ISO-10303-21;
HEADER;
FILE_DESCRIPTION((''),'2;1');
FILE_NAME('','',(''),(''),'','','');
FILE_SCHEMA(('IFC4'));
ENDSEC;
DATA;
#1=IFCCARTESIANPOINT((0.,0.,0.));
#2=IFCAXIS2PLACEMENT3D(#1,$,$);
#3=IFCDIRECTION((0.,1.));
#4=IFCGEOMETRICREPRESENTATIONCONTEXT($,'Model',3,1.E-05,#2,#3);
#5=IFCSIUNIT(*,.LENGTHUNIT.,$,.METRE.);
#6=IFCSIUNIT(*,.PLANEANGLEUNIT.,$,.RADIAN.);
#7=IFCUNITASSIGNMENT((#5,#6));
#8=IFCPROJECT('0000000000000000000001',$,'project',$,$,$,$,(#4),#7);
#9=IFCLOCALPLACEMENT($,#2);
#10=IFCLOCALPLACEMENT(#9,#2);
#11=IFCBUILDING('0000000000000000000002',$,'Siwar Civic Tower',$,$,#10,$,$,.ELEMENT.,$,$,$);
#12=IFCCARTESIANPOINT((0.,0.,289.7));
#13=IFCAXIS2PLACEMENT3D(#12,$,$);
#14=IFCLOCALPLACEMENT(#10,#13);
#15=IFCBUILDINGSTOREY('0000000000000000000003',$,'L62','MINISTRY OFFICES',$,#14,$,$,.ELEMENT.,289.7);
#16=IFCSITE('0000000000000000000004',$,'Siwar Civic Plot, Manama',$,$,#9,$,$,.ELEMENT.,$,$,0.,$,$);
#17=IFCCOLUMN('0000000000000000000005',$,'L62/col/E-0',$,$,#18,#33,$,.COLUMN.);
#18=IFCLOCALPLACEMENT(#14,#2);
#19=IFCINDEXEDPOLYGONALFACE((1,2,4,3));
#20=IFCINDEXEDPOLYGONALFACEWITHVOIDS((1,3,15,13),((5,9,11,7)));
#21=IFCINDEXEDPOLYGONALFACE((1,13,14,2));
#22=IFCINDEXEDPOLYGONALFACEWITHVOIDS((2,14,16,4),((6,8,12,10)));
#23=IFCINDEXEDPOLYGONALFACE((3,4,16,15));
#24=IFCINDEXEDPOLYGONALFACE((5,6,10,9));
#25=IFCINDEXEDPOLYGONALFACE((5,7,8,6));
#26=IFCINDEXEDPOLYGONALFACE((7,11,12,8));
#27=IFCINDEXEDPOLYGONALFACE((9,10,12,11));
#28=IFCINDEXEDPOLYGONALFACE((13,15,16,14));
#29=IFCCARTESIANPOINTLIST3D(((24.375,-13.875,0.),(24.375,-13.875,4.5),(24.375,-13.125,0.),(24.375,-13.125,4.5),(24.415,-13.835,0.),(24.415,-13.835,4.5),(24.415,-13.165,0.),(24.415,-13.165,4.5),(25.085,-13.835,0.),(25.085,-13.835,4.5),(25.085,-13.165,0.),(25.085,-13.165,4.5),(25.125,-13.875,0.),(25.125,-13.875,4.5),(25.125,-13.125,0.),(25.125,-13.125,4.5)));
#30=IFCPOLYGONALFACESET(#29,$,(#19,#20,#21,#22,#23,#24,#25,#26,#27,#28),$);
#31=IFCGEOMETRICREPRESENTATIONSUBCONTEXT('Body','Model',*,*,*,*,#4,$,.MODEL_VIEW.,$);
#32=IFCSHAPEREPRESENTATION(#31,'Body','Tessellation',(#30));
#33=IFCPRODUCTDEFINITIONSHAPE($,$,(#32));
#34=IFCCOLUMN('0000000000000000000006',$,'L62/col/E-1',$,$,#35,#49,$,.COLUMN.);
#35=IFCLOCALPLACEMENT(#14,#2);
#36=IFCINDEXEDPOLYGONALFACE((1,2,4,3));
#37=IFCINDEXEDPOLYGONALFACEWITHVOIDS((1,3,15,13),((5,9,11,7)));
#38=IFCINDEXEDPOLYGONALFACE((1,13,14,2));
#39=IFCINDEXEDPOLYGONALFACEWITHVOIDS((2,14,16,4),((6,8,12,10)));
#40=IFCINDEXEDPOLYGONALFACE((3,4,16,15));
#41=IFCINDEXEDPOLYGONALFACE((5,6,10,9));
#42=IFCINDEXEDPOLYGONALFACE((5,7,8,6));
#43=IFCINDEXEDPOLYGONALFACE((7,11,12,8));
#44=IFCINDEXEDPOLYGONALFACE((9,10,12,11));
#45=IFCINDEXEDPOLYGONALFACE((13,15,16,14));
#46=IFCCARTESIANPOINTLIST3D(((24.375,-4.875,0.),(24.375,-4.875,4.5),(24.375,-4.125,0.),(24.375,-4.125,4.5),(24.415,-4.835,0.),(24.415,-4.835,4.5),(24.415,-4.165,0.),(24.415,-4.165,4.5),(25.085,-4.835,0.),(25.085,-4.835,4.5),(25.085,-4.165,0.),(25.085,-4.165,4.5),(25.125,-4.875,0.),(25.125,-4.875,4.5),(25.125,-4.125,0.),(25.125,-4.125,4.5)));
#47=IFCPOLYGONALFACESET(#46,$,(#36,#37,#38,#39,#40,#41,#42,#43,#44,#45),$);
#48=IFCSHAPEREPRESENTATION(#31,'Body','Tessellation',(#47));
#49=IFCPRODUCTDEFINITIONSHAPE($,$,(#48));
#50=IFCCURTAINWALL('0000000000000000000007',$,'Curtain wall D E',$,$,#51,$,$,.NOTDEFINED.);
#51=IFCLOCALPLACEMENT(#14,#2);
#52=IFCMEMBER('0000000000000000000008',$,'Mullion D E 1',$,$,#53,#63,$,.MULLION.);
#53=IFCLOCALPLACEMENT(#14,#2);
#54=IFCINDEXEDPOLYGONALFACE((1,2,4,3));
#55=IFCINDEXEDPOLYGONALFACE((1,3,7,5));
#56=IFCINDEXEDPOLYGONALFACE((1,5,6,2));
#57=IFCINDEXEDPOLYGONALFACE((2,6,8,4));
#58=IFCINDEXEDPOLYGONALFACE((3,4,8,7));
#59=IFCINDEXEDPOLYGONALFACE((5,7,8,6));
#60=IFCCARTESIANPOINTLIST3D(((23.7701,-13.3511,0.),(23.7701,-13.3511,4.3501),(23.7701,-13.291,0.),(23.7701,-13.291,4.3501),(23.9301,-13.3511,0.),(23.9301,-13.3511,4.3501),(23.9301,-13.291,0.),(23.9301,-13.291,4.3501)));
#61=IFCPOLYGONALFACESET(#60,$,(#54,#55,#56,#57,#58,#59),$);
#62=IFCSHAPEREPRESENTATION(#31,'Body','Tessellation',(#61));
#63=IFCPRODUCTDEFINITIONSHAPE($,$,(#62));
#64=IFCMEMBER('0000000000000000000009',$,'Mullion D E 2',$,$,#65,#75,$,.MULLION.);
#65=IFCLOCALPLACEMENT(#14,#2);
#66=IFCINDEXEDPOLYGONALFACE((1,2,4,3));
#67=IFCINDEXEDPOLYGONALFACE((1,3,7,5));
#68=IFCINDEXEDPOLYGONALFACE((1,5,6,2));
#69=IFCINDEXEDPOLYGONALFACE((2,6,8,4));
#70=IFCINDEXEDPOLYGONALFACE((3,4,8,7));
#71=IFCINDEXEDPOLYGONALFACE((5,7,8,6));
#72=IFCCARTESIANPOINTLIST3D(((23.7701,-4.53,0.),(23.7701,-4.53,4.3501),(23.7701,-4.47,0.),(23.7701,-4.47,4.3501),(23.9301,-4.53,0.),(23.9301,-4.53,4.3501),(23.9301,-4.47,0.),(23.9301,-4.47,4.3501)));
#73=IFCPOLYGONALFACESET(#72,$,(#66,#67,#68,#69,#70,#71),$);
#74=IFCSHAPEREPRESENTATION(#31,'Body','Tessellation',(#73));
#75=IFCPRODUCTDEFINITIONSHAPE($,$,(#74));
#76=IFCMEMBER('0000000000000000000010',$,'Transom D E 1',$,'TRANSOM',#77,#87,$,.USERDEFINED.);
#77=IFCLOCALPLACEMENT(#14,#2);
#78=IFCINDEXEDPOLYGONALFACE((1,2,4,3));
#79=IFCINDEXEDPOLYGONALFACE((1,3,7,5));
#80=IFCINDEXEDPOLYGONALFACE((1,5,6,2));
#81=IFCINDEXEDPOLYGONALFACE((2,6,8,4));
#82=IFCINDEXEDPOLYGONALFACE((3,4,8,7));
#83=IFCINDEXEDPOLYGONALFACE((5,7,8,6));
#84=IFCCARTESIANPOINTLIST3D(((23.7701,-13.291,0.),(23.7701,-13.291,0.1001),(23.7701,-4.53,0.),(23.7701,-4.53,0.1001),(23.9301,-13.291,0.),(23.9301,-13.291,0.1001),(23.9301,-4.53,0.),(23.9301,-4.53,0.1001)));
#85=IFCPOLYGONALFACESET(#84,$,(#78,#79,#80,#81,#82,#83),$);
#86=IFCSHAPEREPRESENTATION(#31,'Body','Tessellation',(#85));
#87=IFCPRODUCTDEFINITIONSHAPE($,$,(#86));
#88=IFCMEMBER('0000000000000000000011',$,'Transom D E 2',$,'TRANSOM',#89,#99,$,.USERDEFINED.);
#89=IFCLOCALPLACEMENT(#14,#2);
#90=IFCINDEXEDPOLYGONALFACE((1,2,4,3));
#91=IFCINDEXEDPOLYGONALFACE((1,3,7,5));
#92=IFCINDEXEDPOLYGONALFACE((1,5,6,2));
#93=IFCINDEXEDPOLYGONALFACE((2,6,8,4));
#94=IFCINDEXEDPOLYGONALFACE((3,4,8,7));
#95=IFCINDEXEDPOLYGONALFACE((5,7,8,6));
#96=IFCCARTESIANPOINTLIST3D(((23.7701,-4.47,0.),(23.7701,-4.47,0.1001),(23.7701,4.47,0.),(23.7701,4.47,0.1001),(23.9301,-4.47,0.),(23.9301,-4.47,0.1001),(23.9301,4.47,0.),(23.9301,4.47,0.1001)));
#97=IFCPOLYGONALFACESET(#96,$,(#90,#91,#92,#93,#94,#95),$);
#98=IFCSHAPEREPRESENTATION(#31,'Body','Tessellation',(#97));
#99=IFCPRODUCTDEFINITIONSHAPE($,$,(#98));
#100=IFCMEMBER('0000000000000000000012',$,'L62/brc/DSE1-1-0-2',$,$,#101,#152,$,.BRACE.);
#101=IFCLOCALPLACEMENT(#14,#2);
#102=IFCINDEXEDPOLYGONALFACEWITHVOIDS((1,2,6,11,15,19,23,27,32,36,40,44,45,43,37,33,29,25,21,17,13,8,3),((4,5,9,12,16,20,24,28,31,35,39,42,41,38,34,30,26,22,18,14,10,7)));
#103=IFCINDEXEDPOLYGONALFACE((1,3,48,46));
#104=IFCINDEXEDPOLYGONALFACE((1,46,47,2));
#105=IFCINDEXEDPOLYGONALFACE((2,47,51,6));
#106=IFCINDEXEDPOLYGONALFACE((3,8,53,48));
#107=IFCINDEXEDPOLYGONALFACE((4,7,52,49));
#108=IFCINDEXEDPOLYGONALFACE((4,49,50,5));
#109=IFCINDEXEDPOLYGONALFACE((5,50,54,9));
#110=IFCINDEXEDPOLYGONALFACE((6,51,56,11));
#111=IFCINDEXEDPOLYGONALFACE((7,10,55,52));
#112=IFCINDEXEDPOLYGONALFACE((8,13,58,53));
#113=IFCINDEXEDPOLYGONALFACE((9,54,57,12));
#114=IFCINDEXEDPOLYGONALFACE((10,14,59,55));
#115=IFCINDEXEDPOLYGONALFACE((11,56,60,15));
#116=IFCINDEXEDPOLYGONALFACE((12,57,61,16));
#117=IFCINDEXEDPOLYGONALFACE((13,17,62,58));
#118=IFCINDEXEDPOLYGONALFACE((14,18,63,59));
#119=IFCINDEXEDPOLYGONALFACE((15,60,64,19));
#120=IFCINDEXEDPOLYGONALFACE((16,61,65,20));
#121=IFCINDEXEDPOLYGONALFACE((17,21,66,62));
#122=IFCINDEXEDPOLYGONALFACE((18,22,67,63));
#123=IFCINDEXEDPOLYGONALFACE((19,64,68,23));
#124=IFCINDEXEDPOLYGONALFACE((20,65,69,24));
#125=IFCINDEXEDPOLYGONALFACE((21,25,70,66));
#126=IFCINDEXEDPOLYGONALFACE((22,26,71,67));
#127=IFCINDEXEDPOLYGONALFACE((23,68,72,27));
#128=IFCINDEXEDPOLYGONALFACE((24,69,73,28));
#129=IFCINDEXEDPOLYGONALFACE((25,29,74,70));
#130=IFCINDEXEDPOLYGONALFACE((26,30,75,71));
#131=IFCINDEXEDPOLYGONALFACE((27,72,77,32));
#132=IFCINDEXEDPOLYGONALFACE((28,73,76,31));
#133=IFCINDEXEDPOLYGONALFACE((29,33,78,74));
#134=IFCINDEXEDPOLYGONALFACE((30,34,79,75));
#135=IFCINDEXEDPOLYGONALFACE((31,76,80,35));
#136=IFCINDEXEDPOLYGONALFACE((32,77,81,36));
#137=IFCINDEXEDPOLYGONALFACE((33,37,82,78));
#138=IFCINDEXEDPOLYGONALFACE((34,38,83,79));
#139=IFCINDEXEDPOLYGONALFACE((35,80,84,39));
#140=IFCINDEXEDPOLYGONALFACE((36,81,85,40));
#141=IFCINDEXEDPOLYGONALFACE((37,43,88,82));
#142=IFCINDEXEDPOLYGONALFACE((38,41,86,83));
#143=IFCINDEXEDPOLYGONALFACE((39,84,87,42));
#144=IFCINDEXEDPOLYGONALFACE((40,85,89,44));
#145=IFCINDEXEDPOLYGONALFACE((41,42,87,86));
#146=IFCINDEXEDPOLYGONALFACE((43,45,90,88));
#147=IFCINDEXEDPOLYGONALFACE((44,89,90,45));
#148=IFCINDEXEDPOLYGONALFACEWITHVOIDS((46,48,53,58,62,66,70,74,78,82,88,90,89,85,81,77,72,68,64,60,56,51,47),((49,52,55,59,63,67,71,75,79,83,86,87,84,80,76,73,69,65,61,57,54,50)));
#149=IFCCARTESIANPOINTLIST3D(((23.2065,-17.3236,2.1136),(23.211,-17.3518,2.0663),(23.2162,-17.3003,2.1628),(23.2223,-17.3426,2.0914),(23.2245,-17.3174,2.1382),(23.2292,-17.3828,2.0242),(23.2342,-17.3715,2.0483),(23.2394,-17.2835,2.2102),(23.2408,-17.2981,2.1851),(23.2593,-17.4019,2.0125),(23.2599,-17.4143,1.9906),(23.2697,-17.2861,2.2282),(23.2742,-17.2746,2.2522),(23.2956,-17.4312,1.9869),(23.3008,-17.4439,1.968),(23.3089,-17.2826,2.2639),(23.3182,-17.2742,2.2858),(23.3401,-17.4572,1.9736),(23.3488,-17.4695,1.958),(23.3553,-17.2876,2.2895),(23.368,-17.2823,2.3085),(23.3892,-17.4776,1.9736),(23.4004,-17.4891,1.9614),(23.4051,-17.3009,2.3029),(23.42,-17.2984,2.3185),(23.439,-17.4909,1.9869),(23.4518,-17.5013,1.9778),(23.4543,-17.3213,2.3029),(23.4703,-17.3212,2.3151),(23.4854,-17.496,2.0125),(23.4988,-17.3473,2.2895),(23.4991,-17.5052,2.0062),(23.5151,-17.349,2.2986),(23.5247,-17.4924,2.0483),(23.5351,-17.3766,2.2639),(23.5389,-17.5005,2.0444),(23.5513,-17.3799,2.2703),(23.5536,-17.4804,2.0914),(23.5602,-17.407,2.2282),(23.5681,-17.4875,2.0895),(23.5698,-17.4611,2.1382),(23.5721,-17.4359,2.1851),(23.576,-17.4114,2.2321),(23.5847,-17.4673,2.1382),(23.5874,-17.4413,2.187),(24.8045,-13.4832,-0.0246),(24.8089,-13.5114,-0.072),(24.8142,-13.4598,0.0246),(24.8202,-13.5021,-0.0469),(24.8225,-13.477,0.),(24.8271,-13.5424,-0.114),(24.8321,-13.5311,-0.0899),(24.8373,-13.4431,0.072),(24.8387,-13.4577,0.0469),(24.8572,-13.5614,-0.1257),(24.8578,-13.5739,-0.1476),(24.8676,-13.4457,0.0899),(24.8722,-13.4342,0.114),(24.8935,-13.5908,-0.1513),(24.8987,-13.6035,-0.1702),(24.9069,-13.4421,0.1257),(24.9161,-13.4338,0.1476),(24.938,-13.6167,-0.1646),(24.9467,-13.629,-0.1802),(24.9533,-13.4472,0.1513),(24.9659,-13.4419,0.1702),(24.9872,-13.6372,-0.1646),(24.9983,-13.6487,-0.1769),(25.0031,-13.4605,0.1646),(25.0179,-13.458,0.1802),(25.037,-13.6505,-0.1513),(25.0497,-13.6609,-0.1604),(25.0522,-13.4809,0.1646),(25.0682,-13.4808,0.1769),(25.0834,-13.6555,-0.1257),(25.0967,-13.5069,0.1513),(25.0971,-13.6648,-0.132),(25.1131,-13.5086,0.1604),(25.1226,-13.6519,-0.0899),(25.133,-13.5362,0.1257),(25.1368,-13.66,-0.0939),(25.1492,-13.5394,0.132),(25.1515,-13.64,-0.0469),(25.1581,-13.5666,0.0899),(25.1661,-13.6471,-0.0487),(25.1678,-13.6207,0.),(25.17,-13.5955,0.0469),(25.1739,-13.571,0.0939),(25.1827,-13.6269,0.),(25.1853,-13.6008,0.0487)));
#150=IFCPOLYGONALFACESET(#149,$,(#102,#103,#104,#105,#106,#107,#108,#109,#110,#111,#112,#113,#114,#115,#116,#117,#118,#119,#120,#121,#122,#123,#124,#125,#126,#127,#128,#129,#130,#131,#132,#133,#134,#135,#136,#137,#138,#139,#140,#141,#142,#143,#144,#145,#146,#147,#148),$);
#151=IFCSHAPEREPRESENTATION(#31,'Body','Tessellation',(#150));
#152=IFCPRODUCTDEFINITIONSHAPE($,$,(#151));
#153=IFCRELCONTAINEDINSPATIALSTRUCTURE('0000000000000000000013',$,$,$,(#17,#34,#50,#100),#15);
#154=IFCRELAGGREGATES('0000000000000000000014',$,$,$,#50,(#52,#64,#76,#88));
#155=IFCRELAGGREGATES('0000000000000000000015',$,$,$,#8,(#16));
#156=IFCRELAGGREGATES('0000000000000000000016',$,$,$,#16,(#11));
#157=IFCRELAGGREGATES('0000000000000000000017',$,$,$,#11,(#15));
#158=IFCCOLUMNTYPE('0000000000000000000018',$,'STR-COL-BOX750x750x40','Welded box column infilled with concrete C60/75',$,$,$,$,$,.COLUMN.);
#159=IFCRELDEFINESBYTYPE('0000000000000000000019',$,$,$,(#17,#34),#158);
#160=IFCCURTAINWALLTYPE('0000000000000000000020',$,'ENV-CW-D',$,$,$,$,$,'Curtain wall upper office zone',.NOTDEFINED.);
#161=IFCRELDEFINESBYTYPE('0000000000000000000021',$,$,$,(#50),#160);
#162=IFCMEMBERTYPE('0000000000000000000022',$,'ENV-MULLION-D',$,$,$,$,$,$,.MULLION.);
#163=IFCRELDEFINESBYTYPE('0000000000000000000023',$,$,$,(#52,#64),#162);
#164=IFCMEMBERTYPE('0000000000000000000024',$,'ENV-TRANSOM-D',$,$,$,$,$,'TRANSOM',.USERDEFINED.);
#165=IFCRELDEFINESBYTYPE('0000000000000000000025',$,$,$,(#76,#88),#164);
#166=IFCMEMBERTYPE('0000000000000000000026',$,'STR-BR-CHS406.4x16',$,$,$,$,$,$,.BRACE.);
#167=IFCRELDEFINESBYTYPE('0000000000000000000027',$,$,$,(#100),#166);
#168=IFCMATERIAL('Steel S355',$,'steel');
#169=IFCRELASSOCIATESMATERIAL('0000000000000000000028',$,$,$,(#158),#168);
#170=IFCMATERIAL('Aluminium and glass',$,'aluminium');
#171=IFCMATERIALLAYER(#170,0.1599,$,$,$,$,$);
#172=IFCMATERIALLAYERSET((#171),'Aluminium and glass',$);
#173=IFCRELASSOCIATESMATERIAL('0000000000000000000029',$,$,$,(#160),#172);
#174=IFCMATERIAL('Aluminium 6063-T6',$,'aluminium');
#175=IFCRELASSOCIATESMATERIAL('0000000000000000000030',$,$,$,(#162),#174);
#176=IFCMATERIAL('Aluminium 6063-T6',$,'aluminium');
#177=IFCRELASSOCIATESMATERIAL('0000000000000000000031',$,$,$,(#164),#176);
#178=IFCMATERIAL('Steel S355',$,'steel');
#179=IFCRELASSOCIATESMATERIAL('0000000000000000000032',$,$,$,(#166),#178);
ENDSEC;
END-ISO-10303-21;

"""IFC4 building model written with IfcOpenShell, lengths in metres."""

from ifc_helpers import new_model, si_unit, direction, frame, origin, origin_2d, place, context, subcontext, project, spatial, rectangle, hollow_rectangle, hollow_circle, extrude, material, layer, layer_set, material_profile, profile_set, type_object, element, aggregate, save


model = new_model("IFC4")

# Units and contexts
model_context = context("Model", 3, precision=1e-05, world=origin(), true_north=direction((0.0, 1.0)))
body_context = subcontext(model_context, "Body", "Model", "MODEL_VIEW")
ifc_project = project(units=[si_unit("LENGTHUNIT", "METRE"), si_unit("PLANEANGLEUNIT", "RADIAN")], contexts=[model_context])

# Site, building, storey
site_placement = place(None, origin())
site = spatial("IfcSite", under=ifc_project, at=site_placement, Name="Siwar Civic Plot, Manama", CompositionType="ELEMENT", RefElevation=0.0)
building_placement = place(site_placement, origin())
building = spatial("IfcBuilding", under=site, at=building_placement, Name="Siwar Civic Tower", CompositionType="ELEMENT")
storey_placement = place(building_placement, frame((0.0, 0.0, 289.7)))
storey = spatial("IfcBuildingStorey", under=building, at=storey_placement, Name="L62", Description="MINISTRY OFFICES", CompositionType="ELEMENT", Elevation=289.7)

# Columns
ifc_material_1 = material(Name="Steel S355", Category="steel")
ifc_material_profile_1 = material_profile(ifc_material_1, hollow_rectangle(XDim=0.75, YDim=0.75, WallThickness=0.04, at=origin_2d()), Name="BOX750x750x40")
ifc_profile_set_1 = profile_set([ifc_material_profile_1], Name="Steel S355")
column_type = type_object("IfcColumnType", Name="STR-COL-BOX750x750x40", Description="Welded box column infilled with concrete C60/75", PredefinedType="COLUMN", material=ifc_profile_set_1)
for number, where, z_axis, x_axis, name in (
    (1, (24.75, -13.5, 0.0), (0.0, 0.0, 1.0), (1.0, 0.0, 0.0), "L62/col/E-0"),
    (2, (24.75, -4.5, 0.0), (0.0, 0.0, 1.0), (1.0, 0.0, 0.0), "L62/col/E-1"),
):
    element("IfcColumn", number, at=place(storey_placement, frame(where, z_axis=z_axis, x_axis=x_axis)), inside=storey, type_object=column_type, Name=name, PredefinedType="COLUMN", context=body_context, shape_type="SweptSolid", body=[
        extrude(hollow_rectangle(XDim=0.75, YDim=0.75, WallThickness=0.04, at=origin_2d()), origin(), (0.0, 0.0, 1.0), 4.5),
    ])

# Curtain wall, members
ifc_material_2 = material(Name="Aluminium and glass", Category="aluminium")
ifc_layer_1 = layer(ifc_material_2, 0.1599)
ifc_layer_set_1 = layer_set([ifc_layer_1], Name="Aluminium and glass")
curtain_wall_type = type_object("IfcCurtainWallType", Name="ENV-CW-D", ElementType="Curtain wall upper office zone", PredefinedType="NOTDEFINED", material=ifc_layer_set_1)
curtain_wall_placement = place(storey_placement, origin())
curtain_wall = element("IfcCurtainWall", 3, at=curtain_wall_placement, inside=storey, type_object=curtain_wall_type, Name="Curtain wall D E", PredefinedType="NOTDEFINED")
ifc_material_3 = material(Name="Aluminium 6063-T6", Category="aluminium")
ifc_material_profile_2 = material_profile(ifc_material_3, rectangle(XDim=0.1599, YDim=0.0601, at=origin_2d()), Name="AL 160x60")
ifc_profile_set_2 = profile_set([ifc_material_profile_2], Name="Aluminium 6063-T6")
member_type_1 = type_object("IfcMemberType", Name="ENV-MULLION-D", PredefinedType="MULLION", material=ifc_profile_set_2)
member_1_placement = place(storey_placement, frame((23.8501, -13.321, 0.0), z_axis=(0.0, 0.0, 1.0), x_axis=(-1.0, 0.0, 0.0)))
member_1 = element("IfcMember", 4, at=member_1_placement, type_object=member_type_1, Name="Mullion D E 1", PredefinedType="MULLION", context=body_context, shape_type="SweptSolid", body=[
    extrude(rectangle(XDim=0.1599, YDim=0.0601, at=origin_2d()), origin(), (0.0, 0.0, 1.0), 4.3501),
])
member_2_placement = place(storey_placement, frame((23.8501, -4.5, 0.0), z_axis=(0.0, 0.0, 1.0), x_axis=(-1.0, 0.0, 0.0)))
member_2 = element("IfcMember", 5, at=member_2_placement, type_object=member_type_1, Name="Mullion D E 2", PredefinedType="MULLION", context=body_context, shape_type="SweptSolid", body=[
    extrude(rectangle(XDim=0.1599, YDim=0.0601, at=origin_2d()), origin(), (0.0, 0.0, 1.0), 4.3501),
])
ifc_material_4 = material(Name="Aluminium 6063-T6", Category="aluminium")
ifc_material_profile_3 = material_profile(ifc_material_4, rectangle(XDim=0.1599, YDim=0.1001, at=origin_2d()), Name="AL 160x100")
ifc_profile_set_3 = profile_set([ifc_material_profile_3], Name="Aluminium 6063-T6")
member_type_2 = type_object("IfcMemberType", Name="ENV-TRANSOM-D", ElementType="TRANSOM", PredefinedType="USERDEFINED", material=ifc_profile_set_3)
member_3_placement = place(storey_placement, frame((23.8501, -13.291, 0.05), z_axis=(0.0, 1.0, 0.0), x_axis=(-1.0, 0.0, 0.0)))
member_3 = element("IfcMember", 6, at=member_3_placement, type_object=member_type_2, Name="Transom D E 1", ObjectType="TRANSOM", PredefinedType="USERDEFINED", context=body_context, shape_type="SweptSolid", body=[
    extrude(rectangle(XDim=0.1599, YDim=0.1001, at=origin_2d()), origin(), (0.0, 0.0, 1.0), 8.761),
])
member_4_placement = place(storey_placement, frame((23.8501, -4.47, 0.05), z_axis=(0.0, 1.0, 0.0), x_axis=(-1.0, 0.0, 0.0)))
member_4 = element("IfcMember", 7, at=member_4_placement, type_object=member_type_2, Name="Transom D E 2", ObjectType="TRANSOM", PredefinedType="USERDEFINED", context=body_context, shape_type="SweptSolid", body=[
    extrude(rectangle(XDim=0.1599, YDim=0.1001, at=origin_2d()), origin(), (0.0, 0.0, 1.0), 8.9399),
])

# Member
ifc_material_5 = material(Name="Steel S355", Category="steel")
ifc_material_profile_4 = material_profile(ifc_material_5, hollow_circle(Radius=0.2031, WallThickness=0.0161, at=origin_2d()), Name="CHS406.4x16")
ifc_profile_set_4 = profile_set([ifc_material_profile_4], Name="Steel S355")
member_type_3 = type_object("IfcMemberType", Name="STR-BR-CHS406.4x16", PredefinedType="BRACE", material=ifc_profile_set_4)
member_5_placement = place(storey_placement, frame((24.9951, -13.5488, 0.0), z_axis=(-0.341659, -0.82113, 0.457181), x_axis=(0.923268, -0.384157, 0.0)))
element("IfcMember", 8, at=member_5_placement, inside=storey, type_object=member_type_3, Name="L62/brc/DSE1-1-0-2", PredefinedType="BRACE", context=body_context, shape_type="SweptSolid", body=[
    extrude(hollow_circle(Radius=0.2031, WallThickness=0.0161, at=origin_2d()), origin(), (0.0, 0.0, 1.0), 4.677),
])

aggregate(curtain_wall, [member_1, member_2, member_3, member_4])

save(model, "model.ifc")
